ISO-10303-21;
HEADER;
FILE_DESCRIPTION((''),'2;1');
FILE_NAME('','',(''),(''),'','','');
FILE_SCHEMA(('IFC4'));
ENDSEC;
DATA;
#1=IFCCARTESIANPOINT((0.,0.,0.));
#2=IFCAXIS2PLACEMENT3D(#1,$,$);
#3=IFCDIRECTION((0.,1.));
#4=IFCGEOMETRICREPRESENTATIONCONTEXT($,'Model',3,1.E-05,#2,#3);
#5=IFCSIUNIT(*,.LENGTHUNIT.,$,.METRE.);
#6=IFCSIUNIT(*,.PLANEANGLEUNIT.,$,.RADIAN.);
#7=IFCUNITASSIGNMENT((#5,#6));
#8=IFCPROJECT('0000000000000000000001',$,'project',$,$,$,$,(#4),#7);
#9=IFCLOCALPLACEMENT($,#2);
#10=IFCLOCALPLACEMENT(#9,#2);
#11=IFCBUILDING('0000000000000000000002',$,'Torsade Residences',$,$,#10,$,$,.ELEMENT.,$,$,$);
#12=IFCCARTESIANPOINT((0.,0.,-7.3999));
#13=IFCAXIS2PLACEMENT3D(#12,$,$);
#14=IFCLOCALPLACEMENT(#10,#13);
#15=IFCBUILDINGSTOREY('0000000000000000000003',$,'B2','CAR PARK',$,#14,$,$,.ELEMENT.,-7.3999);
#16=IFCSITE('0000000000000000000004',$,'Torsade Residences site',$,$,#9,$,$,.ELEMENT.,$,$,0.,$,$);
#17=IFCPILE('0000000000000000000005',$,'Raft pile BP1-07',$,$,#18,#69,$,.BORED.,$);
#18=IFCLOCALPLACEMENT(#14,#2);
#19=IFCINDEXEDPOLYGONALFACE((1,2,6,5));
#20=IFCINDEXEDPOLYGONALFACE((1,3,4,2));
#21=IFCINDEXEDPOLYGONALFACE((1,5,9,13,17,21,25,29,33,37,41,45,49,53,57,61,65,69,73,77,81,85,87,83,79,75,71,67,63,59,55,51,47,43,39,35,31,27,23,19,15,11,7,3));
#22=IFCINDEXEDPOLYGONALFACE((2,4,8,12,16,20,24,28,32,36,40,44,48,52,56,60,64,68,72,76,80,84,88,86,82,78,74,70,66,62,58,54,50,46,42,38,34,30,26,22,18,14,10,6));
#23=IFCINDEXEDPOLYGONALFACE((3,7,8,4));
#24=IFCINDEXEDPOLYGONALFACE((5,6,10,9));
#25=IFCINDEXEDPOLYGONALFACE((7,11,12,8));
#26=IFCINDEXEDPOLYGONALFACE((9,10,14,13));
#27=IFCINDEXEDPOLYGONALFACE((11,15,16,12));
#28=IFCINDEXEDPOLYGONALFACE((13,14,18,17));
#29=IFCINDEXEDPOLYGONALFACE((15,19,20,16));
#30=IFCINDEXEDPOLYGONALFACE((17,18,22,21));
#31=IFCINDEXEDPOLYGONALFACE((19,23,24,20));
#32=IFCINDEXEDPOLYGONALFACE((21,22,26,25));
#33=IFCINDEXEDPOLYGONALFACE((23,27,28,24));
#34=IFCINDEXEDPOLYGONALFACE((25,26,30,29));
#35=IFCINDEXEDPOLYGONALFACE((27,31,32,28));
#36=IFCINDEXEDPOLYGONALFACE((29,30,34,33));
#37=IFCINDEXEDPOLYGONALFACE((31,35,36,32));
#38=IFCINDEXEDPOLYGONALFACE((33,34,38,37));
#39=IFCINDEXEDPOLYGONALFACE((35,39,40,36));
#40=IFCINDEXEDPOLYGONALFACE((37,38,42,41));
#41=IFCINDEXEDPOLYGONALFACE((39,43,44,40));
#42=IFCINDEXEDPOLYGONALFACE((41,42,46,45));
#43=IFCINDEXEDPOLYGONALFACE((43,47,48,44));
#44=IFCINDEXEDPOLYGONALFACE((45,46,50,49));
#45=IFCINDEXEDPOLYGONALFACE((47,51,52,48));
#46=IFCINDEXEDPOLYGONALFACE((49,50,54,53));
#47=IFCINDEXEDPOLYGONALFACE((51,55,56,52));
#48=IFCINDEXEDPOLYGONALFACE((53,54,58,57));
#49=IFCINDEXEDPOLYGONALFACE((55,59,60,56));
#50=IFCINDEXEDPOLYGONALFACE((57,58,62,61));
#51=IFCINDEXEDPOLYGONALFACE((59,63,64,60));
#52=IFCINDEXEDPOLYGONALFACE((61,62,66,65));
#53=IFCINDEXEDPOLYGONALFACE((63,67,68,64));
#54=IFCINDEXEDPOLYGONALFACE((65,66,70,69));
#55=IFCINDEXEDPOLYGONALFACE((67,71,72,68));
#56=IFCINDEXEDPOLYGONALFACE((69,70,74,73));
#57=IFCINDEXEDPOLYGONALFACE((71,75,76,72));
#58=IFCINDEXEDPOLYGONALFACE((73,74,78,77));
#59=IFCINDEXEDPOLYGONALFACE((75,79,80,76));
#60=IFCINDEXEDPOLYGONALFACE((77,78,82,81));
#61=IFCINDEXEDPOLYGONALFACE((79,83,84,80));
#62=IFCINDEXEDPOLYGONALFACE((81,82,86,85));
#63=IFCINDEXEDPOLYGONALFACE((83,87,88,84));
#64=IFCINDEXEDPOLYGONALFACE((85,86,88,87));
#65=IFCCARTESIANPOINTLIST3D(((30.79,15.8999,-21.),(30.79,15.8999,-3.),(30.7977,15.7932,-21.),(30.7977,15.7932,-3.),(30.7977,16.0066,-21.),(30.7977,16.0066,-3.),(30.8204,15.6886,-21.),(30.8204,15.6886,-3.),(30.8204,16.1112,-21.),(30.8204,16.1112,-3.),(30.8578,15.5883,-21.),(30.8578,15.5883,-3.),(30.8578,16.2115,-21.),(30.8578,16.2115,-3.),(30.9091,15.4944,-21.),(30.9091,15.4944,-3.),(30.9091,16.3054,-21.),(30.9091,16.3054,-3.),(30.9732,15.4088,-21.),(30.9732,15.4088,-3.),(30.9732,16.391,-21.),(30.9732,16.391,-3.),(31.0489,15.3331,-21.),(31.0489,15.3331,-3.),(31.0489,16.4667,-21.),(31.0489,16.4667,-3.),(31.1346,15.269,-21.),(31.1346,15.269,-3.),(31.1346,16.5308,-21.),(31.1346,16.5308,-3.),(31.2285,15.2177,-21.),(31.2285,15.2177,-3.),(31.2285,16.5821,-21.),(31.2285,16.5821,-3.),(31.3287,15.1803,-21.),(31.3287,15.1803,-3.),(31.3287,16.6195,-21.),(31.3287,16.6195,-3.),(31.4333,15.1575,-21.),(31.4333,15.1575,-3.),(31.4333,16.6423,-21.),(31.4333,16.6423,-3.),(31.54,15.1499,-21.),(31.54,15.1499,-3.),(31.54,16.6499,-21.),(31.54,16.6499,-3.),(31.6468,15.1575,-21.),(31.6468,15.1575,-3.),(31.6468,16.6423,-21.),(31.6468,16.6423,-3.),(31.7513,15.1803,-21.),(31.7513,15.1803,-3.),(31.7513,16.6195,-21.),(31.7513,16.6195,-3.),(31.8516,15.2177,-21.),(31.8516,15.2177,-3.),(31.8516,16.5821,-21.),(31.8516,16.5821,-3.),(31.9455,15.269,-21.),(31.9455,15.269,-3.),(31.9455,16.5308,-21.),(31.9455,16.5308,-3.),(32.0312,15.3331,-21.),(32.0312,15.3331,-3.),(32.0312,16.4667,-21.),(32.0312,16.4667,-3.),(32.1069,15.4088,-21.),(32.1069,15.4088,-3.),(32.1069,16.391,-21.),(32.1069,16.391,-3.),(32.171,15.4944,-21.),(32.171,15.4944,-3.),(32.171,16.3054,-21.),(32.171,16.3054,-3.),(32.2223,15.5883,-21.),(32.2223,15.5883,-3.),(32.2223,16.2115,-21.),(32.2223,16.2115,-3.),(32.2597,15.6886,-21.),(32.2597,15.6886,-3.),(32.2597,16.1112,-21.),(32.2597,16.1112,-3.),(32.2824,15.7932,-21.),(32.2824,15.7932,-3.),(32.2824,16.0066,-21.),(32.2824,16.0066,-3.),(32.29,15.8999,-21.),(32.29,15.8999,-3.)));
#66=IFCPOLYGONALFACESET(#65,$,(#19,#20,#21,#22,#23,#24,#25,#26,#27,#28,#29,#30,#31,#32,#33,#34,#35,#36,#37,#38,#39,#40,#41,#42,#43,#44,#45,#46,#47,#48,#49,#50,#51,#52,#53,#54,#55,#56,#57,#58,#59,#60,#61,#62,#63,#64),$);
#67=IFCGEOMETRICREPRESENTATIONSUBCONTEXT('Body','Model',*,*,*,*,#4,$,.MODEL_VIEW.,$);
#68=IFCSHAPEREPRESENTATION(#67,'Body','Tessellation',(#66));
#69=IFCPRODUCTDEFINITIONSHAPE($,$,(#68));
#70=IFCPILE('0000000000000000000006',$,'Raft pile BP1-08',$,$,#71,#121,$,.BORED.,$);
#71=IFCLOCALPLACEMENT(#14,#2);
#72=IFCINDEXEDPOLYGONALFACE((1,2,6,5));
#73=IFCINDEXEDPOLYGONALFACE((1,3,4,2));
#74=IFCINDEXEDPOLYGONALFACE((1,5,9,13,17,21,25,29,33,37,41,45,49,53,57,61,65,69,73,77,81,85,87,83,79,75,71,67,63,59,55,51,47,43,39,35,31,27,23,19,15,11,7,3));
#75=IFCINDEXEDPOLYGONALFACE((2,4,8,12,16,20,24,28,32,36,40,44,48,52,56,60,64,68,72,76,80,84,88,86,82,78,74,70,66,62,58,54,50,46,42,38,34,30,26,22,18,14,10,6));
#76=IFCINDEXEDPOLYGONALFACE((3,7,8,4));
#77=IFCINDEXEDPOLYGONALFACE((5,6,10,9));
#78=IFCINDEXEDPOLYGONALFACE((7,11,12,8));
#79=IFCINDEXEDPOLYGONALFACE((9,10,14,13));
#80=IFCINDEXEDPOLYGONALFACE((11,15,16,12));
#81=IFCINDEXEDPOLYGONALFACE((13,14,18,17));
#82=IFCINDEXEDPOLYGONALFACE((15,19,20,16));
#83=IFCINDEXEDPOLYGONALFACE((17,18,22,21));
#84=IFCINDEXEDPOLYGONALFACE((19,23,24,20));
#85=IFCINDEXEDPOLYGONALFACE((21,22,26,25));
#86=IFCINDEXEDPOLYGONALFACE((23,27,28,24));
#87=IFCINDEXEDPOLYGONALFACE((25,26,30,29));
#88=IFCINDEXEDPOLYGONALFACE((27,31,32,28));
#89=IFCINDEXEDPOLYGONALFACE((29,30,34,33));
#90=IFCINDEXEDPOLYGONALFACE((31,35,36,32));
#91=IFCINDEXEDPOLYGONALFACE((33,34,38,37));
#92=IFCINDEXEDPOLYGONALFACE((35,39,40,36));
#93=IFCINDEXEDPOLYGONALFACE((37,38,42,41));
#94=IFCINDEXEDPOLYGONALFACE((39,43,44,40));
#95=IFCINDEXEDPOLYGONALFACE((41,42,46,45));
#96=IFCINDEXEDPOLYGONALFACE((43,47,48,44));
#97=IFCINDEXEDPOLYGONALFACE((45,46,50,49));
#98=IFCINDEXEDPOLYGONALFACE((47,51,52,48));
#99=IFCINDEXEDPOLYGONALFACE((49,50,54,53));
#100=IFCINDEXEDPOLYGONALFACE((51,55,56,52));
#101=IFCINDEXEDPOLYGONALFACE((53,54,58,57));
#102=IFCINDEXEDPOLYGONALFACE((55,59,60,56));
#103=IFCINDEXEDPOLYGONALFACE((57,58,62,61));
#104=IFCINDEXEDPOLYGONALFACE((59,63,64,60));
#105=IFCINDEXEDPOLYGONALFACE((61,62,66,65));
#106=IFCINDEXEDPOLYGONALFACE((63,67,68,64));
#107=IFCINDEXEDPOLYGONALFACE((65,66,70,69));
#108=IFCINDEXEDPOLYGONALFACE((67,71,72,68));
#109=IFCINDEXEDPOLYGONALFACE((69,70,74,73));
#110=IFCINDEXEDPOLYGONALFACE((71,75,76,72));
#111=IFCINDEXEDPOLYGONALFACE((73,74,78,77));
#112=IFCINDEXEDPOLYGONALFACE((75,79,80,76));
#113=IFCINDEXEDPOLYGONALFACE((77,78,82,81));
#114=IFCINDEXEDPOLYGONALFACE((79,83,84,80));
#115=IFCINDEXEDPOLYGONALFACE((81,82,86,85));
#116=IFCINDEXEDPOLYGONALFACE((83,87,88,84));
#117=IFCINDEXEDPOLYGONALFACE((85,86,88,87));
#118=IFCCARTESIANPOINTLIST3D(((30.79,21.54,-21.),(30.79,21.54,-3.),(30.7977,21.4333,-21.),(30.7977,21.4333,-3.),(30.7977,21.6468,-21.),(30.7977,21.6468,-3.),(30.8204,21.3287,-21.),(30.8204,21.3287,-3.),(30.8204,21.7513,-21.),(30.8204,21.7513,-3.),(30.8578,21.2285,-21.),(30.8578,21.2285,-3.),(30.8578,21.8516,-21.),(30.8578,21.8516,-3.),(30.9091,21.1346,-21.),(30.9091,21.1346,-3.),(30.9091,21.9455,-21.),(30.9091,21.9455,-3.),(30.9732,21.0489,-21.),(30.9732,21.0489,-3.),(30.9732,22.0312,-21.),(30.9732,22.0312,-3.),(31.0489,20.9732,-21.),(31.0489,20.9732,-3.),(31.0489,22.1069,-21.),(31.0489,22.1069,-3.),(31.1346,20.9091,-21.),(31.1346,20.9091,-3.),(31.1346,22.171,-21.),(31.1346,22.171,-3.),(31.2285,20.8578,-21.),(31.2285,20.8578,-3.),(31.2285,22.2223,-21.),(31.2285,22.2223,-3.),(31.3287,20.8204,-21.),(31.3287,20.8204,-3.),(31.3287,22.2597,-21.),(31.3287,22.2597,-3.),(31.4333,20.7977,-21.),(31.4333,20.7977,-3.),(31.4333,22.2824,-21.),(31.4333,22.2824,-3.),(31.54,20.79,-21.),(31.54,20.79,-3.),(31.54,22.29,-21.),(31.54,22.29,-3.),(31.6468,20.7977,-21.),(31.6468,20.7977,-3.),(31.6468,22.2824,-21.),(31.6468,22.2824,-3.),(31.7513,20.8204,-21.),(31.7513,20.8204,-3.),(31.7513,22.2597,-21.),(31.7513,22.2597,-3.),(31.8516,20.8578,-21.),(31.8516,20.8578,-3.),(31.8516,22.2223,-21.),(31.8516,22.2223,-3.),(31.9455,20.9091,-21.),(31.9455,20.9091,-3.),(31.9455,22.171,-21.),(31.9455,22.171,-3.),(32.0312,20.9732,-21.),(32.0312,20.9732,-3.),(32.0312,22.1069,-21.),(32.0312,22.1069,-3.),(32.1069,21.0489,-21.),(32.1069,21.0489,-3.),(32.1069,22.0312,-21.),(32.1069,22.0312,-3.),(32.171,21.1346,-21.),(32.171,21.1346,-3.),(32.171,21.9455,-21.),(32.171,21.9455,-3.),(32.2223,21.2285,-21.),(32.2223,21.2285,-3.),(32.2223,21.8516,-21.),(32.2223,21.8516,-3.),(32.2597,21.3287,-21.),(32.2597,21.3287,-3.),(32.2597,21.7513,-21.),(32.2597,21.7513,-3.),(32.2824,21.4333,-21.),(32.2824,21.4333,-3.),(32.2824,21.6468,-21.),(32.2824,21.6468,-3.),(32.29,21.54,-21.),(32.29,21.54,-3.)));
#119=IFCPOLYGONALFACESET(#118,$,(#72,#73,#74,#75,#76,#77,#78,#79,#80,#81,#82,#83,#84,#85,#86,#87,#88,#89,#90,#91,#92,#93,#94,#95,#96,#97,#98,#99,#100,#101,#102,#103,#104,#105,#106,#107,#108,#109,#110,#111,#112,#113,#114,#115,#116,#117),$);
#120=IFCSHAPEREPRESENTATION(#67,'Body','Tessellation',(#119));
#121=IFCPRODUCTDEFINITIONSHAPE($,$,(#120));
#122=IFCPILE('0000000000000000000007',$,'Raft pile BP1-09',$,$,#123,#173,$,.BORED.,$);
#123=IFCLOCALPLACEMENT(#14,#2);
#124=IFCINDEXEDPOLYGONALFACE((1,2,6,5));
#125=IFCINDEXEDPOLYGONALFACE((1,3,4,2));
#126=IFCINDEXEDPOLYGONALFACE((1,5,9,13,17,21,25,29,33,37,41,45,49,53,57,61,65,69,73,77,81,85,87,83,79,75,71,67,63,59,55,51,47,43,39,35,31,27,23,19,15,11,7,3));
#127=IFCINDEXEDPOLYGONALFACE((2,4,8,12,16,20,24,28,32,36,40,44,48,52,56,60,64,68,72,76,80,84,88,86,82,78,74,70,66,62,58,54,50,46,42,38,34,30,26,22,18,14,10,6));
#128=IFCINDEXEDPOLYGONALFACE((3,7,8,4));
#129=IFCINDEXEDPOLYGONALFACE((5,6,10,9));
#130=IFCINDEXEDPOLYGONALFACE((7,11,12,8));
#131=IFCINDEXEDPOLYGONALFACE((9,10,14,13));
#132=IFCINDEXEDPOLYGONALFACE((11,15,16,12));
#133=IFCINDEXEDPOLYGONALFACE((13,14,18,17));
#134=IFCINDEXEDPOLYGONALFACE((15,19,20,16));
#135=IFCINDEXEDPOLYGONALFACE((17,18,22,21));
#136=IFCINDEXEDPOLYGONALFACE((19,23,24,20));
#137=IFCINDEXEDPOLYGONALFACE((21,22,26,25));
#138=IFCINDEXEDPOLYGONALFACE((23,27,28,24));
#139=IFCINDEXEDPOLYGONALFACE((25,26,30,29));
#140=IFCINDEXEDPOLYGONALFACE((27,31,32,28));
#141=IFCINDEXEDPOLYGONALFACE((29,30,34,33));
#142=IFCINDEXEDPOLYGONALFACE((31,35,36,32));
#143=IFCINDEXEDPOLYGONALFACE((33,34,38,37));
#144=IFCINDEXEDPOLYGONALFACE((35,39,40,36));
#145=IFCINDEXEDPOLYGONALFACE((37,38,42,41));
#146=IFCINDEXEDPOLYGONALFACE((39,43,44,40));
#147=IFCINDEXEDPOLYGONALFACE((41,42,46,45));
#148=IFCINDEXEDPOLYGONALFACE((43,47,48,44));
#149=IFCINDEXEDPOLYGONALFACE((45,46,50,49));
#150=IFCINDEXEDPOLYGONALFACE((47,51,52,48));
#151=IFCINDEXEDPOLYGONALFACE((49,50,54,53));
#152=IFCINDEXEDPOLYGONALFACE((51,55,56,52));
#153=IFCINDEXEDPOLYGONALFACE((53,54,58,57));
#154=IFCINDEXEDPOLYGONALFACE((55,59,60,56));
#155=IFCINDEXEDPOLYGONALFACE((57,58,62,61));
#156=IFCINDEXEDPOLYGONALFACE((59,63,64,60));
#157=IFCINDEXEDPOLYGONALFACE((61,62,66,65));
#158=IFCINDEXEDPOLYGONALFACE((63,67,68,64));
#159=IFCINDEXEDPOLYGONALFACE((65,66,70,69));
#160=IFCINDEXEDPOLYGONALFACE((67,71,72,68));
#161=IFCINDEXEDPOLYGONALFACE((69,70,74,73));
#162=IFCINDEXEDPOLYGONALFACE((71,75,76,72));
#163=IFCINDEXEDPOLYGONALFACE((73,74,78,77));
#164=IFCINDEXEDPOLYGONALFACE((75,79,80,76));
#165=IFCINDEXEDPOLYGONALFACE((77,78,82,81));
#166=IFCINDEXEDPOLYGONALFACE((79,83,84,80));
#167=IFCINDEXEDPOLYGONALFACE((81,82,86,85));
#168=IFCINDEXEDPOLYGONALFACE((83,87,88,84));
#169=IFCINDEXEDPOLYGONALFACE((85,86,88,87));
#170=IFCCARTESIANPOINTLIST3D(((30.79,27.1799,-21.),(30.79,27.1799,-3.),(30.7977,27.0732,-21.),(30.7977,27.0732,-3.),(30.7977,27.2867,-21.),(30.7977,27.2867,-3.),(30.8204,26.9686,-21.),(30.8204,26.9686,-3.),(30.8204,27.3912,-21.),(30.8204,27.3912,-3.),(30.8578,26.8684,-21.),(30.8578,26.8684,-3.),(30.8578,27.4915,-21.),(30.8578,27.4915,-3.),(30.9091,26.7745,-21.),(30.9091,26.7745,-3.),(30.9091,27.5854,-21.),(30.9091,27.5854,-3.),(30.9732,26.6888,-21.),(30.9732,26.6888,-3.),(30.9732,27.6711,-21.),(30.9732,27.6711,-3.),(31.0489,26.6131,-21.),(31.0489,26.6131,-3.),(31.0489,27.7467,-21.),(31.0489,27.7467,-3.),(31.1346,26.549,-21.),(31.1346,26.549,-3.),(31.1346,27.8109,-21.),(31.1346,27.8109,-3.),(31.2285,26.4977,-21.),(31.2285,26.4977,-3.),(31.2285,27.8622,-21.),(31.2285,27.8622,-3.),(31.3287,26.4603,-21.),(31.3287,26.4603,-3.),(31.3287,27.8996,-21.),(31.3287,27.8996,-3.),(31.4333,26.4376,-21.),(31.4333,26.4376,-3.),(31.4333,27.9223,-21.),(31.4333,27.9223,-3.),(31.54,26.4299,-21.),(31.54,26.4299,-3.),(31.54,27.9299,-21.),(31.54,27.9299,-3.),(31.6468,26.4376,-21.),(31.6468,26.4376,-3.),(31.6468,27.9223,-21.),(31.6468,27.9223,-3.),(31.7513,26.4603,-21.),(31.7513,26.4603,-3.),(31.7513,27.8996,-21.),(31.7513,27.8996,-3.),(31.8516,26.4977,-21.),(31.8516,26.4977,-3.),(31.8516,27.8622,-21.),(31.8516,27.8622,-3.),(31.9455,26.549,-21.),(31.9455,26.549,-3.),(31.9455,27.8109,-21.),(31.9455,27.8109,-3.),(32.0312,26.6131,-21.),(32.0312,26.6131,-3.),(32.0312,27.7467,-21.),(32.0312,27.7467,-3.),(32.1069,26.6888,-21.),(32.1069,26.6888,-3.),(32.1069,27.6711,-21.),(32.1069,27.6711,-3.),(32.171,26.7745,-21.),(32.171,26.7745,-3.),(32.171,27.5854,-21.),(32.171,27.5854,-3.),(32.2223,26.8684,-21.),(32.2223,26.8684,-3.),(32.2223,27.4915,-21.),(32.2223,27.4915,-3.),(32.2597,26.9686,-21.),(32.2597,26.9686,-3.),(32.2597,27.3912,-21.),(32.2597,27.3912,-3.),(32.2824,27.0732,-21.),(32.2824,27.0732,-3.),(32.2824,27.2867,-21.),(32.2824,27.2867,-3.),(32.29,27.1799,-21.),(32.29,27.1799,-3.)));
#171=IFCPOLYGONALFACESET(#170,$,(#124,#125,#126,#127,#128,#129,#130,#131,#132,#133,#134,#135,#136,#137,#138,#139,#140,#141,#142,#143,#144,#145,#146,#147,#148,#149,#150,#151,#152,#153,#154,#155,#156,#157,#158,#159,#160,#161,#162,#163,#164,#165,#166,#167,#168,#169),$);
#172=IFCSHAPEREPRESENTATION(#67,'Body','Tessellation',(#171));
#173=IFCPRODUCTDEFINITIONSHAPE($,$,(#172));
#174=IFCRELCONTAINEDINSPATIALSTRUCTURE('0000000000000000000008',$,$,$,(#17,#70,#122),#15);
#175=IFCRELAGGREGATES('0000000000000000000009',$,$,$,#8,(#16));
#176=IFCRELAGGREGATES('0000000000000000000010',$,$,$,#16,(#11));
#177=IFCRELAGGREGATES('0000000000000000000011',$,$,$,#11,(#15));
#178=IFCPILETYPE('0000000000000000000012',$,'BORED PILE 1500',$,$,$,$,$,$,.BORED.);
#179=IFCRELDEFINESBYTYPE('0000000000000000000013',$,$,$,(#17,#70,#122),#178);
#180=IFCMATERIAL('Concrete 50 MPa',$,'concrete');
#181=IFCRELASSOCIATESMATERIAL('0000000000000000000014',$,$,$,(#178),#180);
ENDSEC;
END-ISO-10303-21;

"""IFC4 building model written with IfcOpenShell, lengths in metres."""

from ifc_helpers import new_model, si_unit, direction, frame, origin, origin_2d, place, context, subcontext, project, spatial, circle, extrude, material, type_object, element, save


model = new_model("IFC4")

# Units and contexts
model_context = context("Model", 3, precision=1e-05, world=origin(), true_north=direction((0.0, 1.0)))
body_context = subcontext(model_context, "Body", "Model", "MODEL_VIEW")
ifc_project = project(units=[si_unit("LENGTHUNIT", "METRE"), si_unit("PLANEANGLEUNIT", "RADIAN")], contexts=[model_context])

# Site, building, storey
site_placement = place(None, origin())
site = spatial("IfcSite", under=ifc_project, at=site_placement, Name="Torsade Residences site", CompositionType="ELEMENT", RefElevation=0.0)
building_placement = place(site_placement, origin())
building = spatial("IfcBuilding", under=site, at=building_placement, Name="Torsade Residences", CompositionType="ELEMENT")
storey_placement = place(building_placement, frame((0.0, 0.0, -7.3999)))
storey = spatial("IfcBuildingStorey", under=building, at=storey_placement, Name="B2", Description="CAR PARK", CompositionType="ELEMENT", Elevation=-7.3999)

# Piles
ifc_material_1 = material(Name="Concrete 50 MPa", Category="concrete")
pile_type_1 = type_object("IfcPileType", Name="BORED PILE 1500", PredefinedType="BORED", material=ifc_material_1)
for number, where, z_axis, x_axis, name in (
    (1, (31.54, 15.8999, -3.0), (0.0, 0.0, -1.0), (1.0, 0.0, 0.0), "Raft pile BP1-07"),
    (2, (31.54, 21.54, -3.0), (0.0, 0.0, -1.0), (1.0, 0.0, 0.0), "Raft pile BP1-08"),
    (3, (31.54, 27.1799, -3.0), (0.0, 0.0, -1.0), (1.0, 0.0, 0.0), "Raft pile BP1-09"),
):
    element("IfcPile", number, at=place(storey_placement, frame(where, z_axis=z_axis, x_axis=x_axis)), inside=storey, type_object=pile_type_1, Name=name, PredefinedType="BORED", context=body_context, shape_type="SweptSolid", body=[
        extrude(circle(Radius=0.75, at=origin_2d()), origin(), (0.0, 0.0, 1.0), 18.0),
    ])

save(model, "model.ifc")
